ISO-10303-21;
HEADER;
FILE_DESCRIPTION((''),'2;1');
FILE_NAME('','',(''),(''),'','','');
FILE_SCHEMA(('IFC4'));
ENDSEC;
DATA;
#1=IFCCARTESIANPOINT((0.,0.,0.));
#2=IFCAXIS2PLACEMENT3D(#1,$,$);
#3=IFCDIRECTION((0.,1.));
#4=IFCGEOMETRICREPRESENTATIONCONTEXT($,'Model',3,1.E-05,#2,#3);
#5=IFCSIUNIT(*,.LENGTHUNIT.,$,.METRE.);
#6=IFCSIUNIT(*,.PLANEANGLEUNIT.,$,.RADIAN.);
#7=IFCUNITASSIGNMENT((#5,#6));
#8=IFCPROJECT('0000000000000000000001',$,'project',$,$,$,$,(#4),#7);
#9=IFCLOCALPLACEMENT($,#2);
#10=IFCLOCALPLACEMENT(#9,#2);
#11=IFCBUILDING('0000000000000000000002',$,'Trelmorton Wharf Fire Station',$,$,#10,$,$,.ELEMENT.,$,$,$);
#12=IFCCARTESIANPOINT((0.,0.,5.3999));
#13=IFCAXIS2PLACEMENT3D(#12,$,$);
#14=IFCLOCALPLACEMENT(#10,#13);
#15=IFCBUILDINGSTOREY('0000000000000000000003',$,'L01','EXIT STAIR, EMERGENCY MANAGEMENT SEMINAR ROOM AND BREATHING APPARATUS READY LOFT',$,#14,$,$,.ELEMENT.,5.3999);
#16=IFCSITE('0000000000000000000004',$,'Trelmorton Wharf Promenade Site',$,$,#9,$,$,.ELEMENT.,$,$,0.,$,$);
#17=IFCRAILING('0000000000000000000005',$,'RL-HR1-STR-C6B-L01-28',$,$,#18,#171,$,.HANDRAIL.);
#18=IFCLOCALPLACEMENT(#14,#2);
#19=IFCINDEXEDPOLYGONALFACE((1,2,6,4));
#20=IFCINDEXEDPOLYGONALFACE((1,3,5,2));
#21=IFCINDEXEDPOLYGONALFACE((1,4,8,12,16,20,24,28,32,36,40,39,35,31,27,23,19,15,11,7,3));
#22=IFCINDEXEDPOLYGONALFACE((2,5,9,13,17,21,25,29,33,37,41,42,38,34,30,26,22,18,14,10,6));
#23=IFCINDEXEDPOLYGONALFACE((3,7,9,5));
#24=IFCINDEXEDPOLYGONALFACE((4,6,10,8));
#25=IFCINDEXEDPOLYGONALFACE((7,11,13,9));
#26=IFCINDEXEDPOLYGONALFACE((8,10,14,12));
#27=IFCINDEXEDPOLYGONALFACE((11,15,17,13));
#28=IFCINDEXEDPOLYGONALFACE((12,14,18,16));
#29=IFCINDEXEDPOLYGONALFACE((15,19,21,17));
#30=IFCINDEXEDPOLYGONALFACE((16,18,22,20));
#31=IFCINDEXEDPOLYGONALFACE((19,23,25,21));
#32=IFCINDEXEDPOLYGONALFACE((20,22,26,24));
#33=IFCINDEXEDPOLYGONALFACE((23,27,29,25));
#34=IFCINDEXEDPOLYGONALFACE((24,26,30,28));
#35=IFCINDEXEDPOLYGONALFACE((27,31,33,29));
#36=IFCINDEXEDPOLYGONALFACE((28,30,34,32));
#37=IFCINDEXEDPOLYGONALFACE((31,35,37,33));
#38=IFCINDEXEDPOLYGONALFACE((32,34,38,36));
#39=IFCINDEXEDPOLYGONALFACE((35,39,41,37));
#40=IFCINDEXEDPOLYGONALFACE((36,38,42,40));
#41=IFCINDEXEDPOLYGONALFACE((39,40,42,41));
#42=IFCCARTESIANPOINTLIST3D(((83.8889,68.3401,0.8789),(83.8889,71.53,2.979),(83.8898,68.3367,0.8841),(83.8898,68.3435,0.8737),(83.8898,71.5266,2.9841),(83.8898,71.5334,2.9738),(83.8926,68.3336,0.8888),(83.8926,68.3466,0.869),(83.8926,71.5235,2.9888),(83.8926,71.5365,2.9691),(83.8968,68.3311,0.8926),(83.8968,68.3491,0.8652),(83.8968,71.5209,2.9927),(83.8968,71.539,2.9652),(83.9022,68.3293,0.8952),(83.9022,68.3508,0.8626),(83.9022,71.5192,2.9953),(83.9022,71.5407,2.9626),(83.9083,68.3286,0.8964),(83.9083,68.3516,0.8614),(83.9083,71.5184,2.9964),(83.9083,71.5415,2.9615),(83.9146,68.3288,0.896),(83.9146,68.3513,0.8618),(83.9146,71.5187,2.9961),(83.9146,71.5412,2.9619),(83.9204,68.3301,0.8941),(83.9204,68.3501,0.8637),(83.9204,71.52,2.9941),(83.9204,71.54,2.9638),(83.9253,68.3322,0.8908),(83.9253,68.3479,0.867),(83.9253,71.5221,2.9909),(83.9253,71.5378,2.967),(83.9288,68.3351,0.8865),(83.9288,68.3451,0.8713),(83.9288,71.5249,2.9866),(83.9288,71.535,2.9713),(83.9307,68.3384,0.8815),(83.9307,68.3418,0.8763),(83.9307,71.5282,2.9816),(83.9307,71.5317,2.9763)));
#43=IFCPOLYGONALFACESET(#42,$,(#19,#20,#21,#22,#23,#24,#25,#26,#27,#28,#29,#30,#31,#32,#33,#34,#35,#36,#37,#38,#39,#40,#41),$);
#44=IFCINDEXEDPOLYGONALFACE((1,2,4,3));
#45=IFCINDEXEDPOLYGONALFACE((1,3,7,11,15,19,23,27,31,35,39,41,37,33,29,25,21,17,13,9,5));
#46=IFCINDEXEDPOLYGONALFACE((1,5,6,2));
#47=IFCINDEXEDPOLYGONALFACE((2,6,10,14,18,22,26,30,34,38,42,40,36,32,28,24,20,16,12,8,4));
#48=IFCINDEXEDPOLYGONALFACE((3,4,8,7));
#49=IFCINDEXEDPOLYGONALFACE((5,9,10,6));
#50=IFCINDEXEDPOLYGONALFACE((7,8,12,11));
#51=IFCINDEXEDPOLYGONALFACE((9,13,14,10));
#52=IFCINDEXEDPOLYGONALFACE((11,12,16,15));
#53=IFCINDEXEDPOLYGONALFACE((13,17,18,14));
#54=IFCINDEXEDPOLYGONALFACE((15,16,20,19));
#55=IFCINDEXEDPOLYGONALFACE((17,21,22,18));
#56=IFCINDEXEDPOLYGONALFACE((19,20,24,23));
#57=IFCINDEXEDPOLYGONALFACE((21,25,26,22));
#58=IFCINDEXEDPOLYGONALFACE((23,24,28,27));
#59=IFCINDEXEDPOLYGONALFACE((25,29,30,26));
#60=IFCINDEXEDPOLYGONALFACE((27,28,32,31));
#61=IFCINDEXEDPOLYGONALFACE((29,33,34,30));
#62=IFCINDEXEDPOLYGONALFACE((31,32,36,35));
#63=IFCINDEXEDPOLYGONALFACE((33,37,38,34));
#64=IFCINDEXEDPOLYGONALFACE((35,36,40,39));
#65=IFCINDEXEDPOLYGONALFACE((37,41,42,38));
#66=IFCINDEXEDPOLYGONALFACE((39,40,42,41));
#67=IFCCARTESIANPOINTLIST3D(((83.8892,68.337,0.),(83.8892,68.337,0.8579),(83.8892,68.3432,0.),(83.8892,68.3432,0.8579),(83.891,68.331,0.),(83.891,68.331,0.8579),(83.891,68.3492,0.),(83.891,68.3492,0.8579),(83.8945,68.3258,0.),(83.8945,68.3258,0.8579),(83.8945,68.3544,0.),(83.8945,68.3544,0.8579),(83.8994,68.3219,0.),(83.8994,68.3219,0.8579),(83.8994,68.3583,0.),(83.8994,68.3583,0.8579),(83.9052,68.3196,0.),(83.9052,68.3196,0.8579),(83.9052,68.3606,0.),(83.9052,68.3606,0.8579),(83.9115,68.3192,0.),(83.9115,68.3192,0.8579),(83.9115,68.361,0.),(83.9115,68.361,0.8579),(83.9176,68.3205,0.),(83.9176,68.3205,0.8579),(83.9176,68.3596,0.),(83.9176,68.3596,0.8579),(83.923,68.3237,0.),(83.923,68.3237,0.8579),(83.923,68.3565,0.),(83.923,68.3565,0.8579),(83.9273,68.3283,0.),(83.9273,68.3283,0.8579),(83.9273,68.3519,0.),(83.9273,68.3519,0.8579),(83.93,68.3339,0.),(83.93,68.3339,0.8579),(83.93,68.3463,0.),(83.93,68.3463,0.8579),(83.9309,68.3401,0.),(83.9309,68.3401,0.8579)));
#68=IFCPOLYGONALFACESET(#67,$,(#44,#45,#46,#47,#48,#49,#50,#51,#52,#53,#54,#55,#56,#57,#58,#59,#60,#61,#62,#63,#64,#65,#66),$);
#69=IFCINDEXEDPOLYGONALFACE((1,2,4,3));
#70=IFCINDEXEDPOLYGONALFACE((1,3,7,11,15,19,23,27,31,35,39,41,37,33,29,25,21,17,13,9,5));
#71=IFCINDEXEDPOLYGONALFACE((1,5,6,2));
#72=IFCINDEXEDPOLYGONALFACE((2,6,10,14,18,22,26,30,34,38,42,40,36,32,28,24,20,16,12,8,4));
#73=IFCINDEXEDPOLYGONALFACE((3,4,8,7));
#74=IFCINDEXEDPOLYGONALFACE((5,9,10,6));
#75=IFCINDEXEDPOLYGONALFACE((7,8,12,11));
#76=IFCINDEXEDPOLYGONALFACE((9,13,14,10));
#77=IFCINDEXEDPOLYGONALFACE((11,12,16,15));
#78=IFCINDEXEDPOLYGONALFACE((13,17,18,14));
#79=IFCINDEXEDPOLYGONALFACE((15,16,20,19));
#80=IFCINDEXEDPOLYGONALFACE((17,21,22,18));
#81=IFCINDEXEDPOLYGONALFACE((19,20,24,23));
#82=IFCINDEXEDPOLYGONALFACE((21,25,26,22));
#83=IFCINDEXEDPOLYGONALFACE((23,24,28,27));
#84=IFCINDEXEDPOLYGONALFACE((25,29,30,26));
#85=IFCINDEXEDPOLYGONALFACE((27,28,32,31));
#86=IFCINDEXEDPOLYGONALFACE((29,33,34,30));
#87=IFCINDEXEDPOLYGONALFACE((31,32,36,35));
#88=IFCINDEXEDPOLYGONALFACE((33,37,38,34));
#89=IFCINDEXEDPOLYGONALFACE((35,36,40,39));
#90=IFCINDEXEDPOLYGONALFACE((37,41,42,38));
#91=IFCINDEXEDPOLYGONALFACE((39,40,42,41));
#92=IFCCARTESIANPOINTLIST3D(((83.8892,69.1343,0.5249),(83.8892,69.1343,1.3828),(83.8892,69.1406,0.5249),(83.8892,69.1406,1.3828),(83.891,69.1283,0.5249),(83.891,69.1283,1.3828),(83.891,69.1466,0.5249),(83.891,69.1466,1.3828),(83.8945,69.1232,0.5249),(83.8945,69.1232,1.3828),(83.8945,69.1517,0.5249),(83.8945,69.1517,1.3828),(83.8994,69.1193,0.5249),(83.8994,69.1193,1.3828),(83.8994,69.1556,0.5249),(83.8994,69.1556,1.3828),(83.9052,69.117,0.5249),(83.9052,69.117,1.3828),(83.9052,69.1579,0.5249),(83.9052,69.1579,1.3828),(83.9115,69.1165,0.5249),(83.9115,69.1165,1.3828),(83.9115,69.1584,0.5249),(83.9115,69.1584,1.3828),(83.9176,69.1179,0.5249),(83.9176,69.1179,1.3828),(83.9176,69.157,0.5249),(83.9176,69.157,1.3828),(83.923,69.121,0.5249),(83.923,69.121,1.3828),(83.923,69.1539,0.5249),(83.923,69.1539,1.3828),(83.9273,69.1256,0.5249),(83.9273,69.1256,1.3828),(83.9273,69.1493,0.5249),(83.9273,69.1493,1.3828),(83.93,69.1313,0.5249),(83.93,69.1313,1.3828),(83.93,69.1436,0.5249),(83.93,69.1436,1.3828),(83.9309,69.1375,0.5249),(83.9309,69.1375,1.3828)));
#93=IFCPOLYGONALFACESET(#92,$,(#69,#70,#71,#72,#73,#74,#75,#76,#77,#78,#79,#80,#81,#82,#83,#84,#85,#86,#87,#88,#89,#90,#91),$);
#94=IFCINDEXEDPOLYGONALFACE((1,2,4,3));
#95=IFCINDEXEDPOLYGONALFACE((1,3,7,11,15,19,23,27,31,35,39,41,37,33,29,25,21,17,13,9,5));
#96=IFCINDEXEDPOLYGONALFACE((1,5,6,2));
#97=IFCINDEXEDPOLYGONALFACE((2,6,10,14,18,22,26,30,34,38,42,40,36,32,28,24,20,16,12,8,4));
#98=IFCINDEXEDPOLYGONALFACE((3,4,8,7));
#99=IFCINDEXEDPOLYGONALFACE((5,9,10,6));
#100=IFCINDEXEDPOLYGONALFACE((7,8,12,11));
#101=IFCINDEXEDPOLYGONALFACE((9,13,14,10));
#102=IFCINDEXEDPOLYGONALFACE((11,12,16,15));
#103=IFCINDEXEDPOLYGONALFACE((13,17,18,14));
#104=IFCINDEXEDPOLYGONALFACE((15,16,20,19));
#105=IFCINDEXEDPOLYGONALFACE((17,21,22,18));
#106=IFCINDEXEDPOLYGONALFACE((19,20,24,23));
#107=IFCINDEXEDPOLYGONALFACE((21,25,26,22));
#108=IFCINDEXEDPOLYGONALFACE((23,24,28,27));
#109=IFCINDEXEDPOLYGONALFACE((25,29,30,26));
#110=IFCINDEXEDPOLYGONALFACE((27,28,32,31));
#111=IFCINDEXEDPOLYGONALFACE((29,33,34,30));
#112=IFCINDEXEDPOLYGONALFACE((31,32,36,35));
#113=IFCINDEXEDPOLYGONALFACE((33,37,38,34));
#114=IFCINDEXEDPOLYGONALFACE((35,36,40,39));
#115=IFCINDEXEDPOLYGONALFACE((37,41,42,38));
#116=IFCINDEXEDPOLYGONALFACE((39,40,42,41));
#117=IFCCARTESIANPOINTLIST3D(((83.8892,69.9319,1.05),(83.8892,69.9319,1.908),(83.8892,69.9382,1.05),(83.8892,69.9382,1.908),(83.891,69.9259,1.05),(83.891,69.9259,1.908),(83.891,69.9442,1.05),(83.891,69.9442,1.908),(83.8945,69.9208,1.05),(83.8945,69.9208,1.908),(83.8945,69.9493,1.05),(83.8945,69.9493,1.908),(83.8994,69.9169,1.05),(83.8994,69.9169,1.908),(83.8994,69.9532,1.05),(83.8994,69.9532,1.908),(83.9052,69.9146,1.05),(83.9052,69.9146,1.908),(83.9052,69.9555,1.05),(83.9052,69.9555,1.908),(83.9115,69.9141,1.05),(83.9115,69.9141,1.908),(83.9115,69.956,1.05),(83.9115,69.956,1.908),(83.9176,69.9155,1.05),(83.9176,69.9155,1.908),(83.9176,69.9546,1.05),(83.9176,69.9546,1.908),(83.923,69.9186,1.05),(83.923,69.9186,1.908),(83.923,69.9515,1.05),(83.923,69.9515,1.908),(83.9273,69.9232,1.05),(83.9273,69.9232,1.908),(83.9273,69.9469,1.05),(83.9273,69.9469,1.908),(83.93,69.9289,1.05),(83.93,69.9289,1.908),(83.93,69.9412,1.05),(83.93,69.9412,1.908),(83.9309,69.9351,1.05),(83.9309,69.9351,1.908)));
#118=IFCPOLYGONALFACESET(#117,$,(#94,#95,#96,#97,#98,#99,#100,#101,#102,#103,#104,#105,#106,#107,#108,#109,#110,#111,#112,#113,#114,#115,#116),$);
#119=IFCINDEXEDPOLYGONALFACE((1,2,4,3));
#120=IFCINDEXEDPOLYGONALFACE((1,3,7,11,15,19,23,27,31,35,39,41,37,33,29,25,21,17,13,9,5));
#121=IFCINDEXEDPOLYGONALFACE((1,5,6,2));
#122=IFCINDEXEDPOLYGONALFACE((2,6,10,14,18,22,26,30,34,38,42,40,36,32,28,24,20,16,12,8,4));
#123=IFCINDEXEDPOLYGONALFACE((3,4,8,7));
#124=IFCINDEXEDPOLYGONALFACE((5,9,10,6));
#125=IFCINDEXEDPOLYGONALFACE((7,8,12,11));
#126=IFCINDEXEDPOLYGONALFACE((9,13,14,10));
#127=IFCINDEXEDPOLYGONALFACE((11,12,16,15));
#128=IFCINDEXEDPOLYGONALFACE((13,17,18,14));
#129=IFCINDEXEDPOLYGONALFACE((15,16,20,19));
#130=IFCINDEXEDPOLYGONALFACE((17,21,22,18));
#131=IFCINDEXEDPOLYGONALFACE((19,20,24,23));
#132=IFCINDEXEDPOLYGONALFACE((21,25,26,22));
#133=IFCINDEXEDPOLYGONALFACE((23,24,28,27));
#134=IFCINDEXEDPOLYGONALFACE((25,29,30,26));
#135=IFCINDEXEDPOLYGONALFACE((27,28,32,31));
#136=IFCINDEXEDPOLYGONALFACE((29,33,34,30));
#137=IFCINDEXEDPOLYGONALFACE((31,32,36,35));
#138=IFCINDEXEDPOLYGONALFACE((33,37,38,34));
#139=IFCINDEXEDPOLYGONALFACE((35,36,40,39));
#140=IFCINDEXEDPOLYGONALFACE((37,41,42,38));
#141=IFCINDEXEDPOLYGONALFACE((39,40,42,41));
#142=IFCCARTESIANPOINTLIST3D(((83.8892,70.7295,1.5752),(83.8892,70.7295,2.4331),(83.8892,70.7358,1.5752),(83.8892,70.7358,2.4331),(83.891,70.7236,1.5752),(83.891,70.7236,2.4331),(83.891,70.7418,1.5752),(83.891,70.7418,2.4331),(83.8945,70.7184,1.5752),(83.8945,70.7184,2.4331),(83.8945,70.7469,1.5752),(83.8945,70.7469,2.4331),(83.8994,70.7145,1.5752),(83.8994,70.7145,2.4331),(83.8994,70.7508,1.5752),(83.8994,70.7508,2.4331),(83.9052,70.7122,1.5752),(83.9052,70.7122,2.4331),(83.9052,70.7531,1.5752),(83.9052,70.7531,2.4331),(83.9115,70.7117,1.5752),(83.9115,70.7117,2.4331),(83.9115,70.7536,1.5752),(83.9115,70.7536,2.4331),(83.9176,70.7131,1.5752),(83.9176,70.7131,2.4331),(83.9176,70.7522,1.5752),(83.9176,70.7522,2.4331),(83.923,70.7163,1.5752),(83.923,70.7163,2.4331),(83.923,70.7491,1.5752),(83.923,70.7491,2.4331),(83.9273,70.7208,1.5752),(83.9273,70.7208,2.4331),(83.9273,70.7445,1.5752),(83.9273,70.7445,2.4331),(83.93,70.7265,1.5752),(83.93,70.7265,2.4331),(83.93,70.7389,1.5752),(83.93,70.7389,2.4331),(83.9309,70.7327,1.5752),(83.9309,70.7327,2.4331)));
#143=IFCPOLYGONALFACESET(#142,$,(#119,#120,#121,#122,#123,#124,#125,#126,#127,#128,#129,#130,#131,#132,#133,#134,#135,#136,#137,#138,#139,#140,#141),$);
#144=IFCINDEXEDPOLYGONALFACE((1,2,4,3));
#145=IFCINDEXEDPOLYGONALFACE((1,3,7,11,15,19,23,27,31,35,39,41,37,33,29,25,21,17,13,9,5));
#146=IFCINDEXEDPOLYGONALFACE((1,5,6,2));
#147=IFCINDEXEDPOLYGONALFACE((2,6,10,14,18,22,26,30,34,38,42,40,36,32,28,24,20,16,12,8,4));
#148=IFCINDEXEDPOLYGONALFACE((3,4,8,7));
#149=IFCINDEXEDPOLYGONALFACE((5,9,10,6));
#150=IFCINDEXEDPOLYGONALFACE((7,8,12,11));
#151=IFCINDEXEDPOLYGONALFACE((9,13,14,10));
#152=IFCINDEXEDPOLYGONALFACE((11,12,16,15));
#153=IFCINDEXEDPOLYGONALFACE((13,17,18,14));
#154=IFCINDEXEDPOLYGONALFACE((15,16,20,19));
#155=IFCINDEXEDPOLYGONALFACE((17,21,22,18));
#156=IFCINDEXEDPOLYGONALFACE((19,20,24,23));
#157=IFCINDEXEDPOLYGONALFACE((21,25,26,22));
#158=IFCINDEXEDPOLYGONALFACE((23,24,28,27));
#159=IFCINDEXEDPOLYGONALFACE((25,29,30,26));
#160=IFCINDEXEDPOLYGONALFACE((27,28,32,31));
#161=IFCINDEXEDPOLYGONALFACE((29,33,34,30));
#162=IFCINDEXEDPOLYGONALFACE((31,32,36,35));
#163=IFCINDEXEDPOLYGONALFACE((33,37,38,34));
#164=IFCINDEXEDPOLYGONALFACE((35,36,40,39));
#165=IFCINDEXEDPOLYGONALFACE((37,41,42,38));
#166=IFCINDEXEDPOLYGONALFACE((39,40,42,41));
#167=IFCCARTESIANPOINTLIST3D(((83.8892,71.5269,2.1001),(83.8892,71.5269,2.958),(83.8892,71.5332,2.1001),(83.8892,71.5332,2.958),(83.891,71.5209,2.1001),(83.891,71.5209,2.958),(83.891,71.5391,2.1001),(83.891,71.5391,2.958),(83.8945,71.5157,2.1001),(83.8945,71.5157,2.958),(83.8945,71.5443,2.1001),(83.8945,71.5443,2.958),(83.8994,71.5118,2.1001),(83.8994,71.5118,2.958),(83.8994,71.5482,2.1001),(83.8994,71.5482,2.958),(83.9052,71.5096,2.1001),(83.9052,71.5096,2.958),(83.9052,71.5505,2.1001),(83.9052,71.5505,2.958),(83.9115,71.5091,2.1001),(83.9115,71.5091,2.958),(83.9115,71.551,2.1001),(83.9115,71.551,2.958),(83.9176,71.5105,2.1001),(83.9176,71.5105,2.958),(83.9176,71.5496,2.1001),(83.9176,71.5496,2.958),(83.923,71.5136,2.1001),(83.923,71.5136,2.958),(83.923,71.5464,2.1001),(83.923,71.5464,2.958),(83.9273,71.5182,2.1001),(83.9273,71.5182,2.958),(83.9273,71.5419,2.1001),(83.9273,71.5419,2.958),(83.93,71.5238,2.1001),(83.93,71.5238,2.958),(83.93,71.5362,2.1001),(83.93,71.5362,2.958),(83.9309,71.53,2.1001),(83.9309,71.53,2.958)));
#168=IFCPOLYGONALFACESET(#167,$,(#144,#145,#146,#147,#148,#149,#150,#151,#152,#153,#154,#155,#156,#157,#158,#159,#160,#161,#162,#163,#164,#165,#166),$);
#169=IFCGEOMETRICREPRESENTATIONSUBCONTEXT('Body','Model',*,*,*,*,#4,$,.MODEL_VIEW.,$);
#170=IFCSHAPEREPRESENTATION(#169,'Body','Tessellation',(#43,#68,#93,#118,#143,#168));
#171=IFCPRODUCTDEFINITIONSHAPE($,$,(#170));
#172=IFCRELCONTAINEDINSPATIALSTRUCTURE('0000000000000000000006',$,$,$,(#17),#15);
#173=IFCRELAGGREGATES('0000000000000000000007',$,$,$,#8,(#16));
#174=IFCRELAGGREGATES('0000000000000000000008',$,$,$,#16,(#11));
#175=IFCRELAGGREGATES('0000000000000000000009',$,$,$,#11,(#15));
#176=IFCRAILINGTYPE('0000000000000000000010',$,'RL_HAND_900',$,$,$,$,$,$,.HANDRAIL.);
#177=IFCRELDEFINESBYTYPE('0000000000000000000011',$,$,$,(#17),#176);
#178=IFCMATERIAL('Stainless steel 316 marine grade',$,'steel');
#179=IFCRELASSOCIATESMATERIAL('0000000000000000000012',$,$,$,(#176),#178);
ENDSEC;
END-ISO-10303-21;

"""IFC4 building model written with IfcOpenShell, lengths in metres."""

from ifc_helpers import new_model, si_unit, direction, frame, origin, origin_2d, place, context, subcontext, project, spatial, circle, extrude, material, type_object, element, save


model = new_model("IFC4")

# Units and contexts
model_context = context("Model", 3, precision=1e-05, world=origin(), true_north=direction((0.0, 1.0)))
body_context = subcontext(model_context, "Body", "Model", "MODEL_VIEW")
ifc_project = project(units=[si_unit("LENGTHUNIT", "METRE"), si_unit("PLANEANGLEUNIT", "RADIAN")], contexts=[model_context])

# Site, building, storey
site_placement = place(None, origin())
site = spatial("IfcSite", under=ifc_project, at=site_placement, Name="Trelmorton Wharf Promenade Site", CompositionType="ELEMENT", RefElevation=0.0)
building_placement = place(site_placement, origin())
building = spatial("IfcBuilding", under=site, at=building_placement, Name="Trelmorton Wharf Fire Station", CompositionType="ELEMENT")
storey_placement = place(building_placement, frame((0.0, 0.0, 5.3999)))
storey = spatial("IfcBuildingStorey", under=building, at=storey_placement, Name="L01", Description="EXIT STAIR, EMERGENCY MANAGEMENT SEMINAR ROOM AND BREATHING APPARATUS READY LOFT", CompositionType="ELEMENT", Elevation=5.3999)

# Railing
ifc_material_1 = material(Name="Stainless steel 316 marine grade", Category="steel")
railing_type_1 = type_object("IfcRailingType", Name="RL_HAND_900", PredefinedType="HANDRAIL", material=ifc_material_1)
railing_1_placement = place(storey_placement, frame((83.9099, 68.3401, 0.0)))
element("IfcRailing", 1, at=railing_1_placement, inside=storey, type_object=railing_type_1, Name="RL-HR1-STR-C6B-L01-28", PredefinedType="HANDRAIL", context=body_context, shape_type="SweptSolid", body=[
    extrude(circle(Radius=0.021, at=origin_2d()), frame((0.0, 0.0, 0.8789), z_axis=(0.0, 0.835242, 0.549882), x_axis=(-1.0, 0.0, 0.0)), (0.0, 0.0, 1.0), 3.8191),
    extrude(circle(Radius=0.021, at=origin_2d()), origin(), (0.0, 0.0, 1.0), 0.8579),
    extrude(circle(Radius=0.021, at=origin_2d()), frame((0.0, 0.7974, 0.5249)), (0.0, 0.0, 1.0), 0.8579),
    extrude(circle(Radius=0.021, at=origin_2d()), frame((0.0, 1.595, 1.05)), (0.0, 0.0, 1.0), 0.8579),
    extrude(circle(Radius=0.021, at=origin_2d()), frame((0.0, 2.3926, 1.5752)), (0.0, 0.0, 1.0), 0.8579),
    extrude(circle(Radius=0.021, at=origin_2d()), frame((0.0, 3.1899, 2.1001)), (0.0, 0.0, 1.0), 0.8579),
])

save(model, "model.ifc")
